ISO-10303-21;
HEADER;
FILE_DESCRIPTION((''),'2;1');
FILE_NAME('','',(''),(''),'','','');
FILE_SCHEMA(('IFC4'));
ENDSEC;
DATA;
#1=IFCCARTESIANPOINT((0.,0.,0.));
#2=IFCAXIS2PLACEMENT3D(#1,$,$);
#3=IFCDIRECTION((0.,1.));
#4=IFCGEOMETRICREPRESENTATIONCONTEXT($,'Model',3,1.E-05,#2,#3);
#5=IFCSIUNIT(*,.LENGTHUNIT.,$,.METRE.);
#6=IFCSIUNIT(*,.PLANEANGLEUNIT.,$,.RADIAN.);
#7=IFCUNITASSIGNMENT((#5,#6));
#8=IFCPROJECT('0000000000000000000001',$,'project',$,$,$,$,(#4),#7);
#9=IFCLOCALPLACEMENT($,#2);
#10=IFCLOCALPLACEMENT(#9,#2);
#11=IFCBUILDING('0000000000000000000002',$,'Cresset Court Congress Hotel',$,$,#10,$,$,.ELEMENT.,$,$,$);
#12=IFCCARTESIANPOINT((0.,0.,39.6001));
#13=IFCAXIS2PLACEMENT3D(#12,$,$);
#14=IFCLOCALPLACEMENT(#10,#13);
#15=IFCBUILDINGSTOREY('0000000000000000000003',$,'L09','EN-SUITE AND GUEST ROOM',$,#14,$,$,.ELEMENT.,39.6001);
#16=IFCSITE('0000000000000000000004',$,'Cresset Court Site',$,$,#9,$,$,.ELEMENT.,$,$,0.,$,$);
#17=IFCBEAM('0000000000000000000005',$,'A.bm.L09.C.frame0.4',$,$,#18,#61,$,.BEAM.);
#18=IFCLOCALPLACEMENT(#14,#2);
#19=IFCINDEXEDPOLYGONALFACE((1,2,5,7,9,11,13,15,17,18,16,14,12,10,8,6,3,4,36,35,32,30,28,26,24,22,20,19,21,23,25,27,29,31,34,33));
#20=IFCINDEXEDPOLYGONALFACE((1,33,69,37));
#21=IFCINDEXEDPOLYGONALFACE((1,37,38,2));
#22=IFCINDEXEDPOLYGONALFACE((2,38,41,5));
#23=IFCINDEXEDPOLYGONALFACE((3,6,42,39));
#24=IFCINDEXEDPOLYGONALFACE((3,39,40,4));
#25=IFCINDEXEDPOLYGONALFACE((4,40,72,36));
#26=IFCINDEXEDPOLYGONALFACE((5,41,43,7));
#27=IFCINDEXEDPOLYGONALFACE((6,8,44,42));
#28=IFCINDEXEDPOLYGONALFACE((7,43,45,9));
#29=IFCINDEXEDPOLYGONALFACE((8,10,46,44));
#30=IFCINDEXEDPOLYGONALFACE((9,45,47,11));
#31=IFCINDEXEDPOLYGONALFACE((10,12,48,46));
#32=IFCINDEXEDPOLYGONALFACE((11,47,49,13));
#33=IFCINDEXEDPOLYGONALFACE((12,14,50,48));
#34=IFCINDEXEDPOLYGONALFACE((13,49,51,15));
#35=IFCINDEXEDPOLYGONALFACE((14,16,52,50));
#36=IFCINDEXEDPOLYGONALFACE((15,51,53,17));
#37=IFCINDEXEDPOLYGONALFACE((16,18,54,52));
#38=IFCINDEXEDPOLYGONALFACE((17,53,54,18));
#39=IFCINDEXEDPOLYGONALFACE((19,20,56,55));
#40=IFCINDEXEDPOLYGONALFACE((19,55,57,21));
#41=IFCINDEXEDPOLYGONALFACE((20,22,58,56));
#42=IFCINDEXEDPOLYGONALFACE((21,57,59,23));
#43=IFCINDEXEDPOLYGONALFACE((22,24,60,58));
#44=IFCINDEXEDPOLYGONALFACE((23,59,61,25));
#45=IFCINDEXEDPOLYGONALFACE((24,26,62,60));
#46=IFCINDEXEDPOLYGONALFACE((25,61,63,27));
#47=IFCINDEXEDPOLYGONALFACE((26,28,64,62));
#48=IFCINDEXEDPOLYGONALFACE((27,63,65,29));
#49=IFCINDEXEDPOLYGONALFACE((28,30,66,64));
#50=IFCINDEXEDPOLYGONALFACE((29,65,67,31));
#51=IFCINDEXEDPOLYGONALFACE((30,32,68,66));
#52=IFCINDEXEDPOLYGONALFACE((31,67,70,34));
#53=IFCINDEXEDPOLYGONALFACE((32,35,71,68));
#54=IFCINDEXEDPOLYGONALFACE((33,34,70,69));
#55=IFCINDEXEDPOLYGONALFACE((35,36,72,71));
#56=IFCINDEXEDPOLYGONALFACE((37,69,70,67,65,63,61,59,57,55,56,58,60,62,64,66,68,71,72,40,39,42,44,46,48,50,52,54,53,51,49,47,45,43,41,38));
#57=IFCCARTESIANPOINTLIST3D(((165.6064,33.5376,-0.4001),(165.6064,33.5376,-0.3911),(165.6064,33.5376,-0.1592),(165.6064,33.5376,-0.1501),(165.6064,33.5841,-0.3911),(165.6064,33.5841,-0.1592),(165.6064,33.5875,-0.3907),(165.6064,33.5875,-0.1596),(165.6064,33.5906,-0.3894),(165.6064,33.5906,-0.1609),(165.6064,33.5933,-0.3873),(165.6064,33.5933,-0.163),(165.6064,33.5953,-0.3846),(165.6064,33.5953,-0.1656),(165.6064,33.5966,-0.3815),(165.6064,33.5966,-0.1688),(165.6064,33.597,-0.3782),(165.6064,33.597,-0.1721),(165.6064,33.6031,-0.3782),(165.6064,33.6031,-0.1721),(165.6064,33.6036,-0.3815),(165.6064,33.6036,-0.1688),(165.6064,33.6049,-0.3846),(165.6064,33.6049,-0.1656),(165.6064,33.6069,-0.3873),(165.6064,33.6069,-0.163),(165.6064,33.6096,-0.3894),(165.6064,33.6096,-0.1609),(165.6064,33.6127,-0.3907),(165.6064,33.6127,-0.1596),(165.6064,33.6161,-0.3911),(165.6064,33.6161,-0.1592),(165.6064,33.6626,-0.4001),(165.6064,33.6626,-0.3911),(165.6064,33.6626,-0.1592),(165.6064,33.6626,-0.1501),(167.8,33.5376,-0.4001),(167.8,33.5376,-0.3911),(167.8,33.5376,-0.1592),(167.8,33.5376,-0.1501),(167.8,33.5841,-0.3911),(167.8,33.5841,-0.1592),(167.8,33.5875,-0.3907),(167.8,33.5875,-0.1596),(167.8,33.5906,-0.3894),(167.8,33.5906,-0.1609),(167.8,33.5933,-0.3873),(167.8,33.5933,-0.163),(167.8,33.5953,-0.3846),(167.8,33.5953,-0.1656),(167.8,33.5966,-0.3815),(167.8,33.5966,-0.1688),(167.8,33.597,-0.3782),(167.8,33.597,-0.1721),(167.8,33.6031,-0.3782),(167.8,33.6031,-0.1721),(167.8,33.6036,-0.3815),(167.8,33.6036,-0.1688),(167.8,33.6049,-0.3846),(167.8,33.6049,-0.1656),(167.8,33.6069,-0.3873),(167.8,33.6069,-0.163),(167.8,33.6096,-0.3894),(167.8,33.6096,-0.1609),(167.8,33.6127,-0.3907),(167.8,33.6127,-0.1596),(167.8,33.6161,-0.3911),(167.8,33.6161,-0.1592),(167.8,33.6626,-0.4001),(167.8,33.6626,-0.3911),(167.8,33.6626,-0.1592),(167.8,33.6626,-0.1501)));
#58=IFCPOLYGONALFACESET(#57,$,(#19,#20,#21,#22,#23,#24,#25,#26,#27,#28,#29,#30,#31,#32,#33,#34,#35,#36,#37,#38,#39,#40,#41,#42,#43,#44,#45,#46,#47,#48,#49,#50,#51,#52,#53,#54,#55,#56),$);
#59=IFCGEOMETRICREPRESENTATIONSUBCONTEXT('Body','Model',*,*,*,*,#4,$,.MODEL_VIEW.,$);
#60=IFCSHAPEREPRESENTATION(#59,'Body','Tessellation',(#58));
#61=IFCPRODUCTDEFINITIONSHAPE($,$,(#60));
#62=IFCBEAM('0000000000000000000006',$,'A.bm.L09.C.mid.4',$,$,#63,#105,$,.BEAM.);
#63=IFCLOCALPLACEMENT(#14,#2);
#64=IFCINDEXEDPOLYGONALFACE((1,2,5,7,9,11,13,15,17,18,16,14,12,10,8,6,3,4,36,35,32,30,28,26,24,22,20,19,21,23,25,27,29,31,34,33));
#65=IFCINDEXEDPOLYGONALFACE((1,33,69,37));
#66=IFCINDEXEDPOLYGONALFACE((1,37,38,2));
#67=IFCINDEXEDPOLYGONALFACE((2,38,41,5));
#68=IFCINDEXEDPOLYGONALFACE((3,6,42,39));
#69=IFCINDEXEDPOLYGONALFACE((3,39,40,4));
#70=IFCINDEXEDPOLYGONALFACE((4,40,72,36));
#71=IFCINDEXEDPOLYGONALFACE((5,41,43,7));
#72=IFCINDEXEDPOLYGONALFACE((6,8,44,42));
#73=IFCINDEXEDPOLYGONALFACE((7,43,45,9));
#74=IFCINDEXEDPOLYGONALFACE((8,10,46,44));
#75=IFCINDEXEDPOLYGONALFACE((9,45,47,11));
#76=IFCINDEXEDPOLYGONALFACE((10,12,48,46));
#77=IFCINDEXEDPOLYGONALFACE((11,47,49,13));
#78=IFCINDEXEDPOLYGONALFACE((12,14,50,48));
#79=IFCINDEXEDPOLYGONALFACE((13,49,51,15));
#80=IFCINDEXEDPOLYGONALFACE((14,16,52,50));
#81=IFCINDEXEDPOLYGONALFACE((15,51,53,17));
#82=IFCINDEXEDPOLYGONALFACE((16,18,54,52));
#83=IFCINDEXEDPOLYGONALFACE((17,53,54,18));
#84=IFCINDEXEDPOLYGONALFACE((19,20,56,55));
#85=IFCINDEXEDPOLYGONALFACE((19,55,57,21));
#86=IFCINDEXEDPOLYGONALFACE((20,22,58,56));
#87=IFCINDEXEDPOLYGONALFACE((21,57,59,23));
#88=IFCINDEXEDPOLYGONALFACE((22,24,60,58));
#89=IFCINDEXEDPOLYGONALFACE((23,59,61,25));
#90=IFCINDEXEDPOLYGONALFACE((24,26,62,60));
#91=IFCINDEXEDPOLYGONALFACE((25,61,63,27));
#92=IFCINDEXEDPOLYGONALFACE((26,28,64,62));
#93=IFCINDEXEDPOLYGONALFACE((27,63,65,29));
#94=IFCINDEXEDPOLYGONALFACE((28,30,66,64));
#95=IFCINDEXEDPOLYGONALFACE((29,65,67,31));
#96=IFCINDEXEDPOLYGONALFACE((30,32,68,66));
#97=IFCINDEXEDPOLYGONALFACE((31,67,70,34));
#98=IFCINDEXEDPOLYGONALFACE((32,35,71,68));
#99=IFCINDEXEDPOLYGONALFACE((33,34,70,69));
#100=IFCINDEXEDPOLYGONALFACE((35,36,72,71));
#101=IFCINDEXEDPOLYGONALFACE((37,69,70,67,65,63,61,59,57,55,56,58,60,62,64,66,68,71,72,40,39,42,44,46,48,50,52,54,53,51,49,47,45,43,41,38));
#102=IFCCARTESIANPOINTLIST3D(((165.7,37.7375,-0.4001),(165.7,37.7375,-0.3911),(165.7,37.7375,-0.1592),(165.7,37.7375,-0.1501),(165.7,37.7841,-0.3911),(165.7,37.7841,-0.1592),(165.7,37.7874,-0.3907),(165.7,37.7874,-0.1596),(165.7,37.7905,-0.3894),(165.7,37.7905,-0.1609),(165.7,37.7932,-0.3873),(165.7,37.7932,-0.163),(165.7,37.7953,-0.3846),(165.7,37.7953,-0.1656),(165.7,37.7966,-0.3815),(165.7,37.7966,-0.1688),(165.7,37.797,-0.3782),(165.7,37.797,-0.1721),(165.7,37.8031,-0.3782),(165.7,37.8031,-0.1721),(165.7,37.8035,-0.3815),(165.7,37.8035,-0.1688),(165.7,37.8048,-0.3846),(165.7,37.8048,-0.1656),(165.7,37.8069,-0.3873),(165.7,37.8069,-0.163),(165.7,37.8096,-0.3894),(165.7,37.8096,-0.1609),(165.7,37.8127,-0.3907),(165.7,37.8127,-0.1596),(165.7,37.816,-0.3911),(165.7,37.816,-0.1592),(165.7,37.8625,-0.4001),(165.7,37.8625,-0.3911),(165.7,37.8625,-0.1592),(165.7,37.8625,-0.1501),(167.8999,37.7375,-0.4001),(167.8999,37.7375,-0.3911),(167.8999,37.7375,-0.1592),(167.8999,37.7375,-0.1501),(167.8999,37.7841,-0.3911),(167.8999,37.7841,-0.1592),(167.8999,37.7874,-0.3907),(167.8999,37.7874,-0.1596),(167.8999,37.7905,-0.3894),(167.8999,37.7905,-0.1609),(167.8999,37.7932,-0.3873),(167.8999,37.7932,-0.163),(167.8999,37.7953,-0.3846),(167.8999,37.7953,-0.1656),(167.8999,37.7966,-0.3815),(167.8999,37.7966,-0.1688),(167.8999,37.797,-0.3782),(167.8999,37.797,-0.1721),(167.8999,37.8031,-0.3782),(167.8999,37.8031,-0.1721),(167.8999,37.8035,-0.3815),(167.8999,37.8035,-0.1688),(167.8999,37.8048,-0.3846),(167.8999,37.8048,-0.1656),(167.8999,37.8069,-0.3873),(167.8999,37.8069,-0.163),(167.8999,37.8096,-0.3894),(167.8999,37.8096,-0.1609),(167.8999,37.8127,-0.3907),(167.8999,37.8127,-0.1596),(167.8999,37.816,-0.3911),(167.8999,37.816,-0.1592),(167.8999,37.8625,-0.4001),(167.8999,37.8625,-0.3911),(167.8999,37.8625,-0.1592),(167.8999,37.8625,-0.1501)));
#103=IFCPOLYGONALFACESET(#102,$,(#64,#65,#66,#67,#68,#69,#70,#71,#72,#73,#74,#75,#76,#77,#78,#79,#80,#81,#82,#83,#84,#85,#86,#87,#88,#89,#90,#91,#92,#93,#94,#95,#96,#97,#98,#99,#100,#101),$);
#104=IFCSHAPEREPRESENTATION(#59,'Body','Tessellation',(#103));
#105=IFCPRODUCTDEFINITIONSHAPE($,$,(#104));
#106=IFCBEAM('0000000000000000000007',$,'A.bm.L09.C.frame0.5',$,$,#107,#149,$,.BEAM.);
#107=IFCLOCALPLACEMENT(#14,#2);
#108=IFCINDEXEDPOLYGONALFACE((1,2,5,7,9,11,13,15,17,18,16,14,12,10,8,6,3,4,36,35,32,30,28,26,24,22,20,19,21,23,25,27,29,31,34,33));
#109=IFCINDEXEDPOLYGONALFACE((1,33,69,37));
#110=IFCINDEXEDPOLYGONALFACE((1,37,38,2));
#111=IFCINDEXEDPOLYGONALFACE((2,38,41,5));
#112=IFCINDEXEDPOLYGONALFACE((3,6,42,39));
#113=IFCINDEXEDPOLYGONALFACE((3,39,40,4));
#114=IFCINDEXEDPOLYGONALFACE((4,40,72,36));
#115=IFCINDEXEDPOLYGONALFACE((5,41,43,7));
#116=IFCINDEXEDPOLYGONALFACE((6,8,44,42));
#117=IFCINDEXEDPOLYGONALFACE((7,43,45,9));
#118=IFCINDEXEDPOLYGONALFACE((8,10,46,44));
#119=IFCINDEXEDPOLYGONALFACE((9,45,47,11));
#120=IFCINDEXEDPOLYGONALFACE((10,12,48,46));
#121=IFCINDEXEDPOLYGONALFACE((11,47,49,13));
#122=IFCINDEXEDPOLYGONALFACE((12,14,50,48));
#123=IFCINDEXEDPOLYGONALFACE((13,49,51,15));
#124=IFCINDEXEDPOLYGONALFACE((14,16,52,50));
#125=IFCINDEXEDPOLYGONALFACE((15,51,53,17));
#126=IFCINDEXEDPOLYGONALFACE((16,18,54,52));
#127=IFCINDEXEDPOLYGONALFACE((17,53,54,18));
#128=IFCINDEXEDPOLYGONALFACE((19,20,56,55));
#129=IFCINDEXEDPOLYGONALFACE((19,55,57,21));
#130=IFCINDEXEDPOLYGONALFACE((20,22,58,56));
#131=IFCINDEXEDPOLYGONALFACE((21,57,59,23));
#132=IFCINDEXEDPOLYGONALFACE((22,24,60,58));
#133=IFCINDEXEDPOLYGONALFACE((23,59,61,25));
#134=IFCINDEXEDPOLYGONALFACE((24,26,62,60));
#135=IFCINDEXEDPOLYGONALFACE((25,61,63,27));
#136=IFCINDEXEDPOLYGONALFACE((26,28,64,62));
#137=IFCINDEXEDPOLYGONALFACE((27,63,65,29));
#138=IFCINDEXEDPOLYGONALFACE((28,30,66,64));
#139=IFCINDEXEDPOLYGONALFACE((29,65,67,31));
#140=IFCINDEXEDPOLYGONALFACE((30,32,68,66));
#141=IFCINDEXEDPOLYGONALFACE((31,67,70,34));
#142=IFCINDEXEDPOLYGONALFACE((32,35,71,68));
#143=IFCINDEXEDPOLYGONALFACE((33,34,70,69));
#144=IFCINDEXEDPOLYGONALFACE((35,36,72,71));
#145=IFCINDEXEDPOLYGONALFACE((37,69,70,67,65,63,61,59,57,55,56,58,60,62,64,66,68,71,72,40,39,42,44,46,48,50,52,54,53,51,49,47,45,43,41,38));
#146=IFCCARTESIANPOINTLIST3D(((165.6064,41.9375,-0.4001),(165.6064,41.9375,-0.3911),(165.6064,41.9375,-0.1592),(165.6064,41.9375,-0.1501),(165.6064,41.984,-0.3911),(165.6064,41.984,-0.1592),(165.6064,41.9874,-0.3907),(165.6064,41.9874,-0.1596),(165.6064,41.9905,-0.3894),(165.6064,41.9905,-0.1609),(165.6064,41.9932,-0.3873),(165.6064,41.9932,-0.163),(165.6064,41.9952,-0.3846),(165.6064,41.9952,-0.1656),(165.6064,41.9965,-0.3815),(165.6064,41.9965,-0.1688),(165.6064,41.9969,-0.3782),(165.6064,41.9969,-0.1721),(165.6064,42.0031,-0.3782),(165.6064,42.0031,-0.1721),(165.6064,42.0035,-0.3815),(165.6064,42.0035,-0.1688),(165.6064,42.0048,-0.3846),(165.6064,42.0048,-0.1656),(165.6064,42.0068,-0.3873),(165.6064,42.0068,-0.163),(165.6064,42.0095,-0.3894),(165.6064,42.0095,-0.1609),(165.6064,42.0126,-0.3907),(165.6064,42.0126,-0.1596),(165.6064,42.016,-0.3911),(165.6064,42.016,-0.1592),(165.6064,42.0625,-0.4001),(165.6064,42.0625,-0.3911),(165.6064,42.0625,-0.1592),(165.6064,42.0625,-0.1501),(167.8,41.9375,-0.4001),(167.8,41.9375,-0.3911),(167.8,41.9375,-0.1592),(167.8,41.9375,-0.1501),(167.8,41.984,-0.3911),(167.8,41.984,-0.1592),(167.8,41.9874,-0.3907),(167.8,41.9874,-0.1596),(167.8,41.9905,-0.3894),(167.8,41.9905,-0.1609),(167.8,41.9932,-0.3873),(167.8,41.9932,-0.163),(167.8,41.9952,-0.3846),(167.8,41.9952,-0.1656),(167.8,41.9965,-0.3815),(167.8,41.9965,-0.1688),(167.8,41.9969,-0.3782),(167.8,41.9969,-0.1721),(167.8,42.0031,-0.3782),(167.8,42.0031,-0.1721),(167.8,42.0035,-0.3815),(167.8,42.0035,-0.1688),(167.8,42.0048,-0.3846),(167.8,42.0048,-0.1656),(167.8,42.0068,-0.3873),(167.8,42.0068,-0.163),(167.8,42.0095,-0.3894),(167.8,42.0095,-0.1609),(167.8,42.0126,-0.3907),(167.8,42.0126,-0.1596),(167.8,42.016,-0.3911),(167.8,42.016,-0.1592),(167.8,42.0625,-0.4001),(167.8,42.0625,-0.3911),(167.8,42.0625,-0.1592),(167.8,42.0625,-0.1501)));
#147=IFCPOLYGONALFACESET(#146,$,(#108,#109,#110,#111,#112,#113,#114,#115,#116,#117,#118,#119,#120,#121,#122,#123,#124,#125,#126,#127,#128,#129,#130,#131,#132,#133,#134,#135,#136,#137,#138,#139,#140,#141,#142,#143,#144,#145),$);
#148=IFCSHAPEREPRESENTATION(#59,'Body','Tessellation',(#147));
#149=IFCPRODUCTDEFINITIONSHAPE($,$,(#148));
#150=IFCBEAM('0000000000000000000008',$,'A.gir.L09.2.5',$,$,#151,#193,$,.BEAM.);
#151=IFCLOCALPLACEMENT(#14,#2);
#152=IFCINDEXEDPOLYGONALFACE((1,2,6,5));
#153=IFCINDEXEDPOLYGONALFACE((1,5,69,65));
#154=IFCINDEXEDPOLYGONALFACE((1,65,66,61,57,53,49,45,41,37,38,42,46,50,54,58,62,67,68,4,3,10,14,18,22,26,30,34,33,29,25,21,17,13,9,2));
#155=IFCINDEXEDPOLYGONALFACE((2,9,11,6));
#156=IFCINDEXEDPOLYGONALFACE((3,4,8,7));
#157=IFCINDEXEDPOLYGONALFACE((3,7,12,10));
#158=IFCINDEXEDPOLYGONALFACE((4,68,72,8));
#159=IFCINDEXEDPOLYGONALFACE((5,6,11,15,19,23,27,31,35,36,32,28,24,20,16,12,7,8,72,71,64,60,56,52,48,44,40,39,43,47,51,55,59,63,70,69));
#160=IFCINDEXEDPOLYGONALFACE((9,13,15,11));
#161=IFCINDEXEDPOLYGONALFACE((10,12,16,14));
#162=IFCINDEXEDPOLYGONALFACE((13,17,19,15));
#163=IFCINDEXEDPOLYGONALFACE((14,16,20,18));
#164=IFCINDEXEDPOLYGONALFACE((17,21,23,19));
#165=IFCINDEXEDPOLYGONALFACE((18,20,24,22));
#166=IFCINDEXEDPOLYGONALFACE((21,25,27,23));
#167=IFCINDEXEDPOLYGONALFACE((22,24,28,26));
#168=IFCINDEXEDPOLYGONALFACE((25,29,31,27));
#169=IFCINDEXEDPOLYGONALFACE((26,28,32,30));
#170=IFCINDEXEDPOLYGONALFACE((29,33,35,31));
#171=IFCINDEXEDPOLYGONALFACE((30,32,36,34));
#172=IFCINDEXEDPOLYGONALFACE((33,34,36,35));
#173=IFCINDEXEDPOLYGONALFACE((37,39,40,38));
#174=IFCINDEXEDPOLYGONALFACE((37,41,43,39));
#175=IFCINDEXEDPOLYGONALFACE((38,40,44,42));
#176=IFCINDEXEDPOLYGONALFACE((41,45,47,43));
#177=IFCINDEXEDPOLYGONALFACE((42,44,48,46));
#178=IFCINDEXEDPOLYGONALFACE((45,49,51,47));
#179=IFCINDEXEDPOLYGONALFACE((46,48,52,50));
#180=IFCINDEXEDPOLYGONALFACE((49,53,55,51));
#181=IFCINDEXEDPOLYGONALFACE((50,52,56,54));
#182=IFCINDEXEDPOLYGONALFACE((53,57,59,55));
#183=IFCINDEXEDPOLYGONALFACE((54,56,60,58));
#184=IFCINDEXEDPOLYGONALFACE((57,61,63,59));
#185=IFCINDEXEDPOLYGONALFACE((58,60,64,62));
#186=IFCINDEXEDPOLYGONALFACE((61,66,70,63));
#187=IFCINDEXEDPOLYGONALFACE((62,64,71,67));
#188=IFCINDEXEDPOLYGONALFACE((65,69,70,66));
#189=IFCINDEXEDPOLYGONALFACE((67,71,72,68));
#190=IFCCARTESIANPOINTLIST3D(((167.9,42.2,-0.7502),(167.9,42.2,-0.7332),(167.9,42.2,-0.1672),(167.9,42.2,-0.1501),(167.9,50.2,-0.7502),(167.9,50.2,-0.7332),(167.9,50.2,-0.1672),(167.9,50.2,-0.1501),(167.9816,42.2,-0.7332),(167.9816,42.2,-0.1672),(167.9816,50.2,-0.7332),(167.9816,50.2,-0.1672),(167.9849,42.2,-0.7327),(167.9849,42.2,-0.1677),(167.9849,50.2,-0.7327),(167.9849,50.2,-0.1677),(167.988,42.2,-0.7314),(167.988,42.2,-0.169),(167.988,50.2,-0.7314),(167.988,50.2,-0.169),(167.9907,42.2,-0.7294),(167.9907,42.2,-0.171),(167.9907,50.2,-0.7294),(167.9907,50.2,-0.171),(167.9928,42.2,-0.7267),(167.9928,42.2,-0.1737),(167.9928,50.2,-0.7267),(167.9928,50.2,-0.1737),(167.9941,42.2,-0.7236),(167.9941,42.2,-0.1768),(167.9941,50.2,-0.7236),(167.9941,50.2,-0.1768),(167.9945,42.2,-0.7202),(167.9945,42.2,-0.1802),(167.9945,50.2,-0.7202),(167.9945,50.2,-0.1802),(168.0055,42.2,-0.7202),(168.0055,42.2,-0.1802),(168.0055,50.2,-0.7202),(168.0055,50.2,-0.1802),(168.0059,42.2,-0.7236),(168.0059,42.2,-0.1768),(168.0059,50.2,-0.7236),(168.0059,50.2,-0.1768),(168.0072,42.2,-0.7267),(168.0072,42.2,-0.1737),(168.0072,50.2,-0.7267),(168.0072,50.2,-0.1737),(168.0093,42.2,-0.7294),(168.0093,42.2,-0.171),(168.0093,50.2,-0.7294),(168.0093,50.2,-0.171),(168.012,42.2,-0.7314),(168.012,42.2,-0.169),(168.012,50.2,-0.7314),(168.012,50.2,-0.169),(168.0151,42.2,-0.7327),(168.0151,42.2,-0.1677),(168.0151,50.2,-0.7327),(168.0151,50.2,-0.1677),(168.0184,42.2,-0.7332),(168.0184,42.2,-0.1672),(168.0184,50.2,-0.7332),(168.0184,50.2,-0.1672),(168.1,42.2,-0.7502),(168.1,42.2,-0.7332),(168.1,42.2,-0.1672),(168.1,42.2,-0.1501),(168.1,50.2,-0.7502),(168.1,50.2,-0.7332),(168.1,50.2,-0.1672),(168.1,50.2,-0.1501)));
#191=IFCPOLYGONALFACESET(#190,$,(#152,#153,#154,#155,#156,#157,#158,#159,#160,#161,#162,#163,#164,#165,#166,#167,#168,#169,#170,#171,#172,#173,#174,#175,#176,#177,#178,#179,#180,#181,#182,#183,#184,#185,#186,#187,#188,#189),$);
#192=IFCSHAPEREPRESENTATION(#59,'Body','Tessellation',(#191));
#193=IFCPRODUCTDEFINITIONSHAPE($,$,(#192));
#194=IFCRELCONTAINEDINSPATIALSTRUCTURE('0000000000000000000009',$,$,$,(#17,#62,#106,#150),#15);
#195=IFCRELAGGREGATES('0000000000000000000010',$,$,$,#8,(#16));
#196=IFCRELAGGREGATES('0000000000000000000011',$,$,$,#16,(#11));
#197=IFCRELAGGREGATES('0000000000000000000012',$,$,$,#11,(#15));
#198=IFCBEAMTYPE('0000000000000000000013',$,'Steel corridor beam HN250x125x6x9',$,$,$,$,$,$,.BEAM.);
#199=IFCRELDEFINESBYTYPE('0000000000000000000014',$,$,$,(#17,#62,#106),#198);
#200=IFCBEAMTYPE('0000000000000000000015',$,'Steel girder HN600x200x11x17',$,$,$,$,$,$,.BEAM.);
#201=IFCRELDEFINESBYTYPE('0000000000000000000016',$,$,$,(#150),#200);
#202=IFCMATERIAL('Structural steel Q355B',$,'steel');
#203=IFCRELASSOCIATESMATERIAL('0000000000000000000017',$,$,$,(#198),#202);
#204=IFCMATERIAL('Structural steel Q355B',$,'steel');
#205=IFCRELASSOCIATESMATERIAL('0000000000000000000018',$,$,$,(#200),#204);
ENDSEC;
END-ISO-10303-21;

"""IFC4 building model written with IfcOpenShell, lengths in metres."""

from ifc_helpers import new_model, si_unit, direction, frame, origin, origin_2d, place, context, subcontext, project, spatial, i_section, extrude, material, material_profile, profile_set, type_object, element, save


model = new_model("IFC4")

# Units and contexts
model_context = context("Model", 3, precision=1e-05, world=origin(), true_north=direction((0.0, 1.0)))
body_context = subcontext(model_context, "Body", "Model", "MODEL_VIEW")
ifc_project = project(units=[si_unit("LENGTHUNIT", "METRE"), si_unit("PLANEANGLEUNIT", "RADIAN")], contexts=[model_context])

# Site, building, storey
site_placement = place(None, origin())
site = spatial("IfcSite", under=ifc_project, at=site_placement, Name="Cresset Court Site", CompositionType="ELEMENT", RefElevation=0.0)
building_placement = place(site_placement, origin())
building = spatial("IfcBuilding", under=site, at=building_placement, Name="Cresset Court Congress Hotel", CompositionType="ELEMENT")
storey_placement = place(building_placement, frame((0.0, 0.0, 39.6001)))
storey = spatial("IfcBuildingStorey", under=building, at=storey_placement, Name="L09", Description="EN-SUITE AND GUEST ROOM", CompositionType="ELEMENT", Elevation=39.6001)

# Beams
ifc_material_1 = material(Name="Structural steel Q355B", Category="steel")
ifc_material_profile_1 = material_profile(ifc_material_1, i_section(OverallWidth=0.125, OverallDepth=0.25, WebThickness=0.0061, FlangeThickness=0.009, FilletRadius=0.0129, at=origin_2d()), Name="HN250x125x6x9")
ifc_profile_set_1 = profile_set([ifc_material_profile_1], Name="Structural steel Q355B")
beam_type_1 = type_object("IfcBeamType", Name="Steel corridor beam HN250x125x6x9", PredefinedType="BEAM", material=ifc_profile_set_1)
beam_1_placement = place(storey_placement, frame((165.6064, 33.6001, -0.2751), z_axis=(1.0, 0.0, 0.0), x_axis=(0.0, 1.0, 0.0)))
element("IfcBeam", 1, at=beam_1_placement, inside=storey, type_object=beam_type_1, Name="A.bm.L09.C.frame0.4", PredefinedType="BEAM", context=body_context, shape_type="SweptSolid", body=[
    extrude(i_section(OverallWidth=0.125, OverallDepth=0.25, WebThickness=0.0061, FlangeThickness=0.009, FilletRadius=0.0129, at=origin_2d()), origin(), (0.0, 0.0, 1.0), 2.1936),
])
beam_2_placement = place(storey_placement, frame((165.7, 37.8, -0.2751), z_axis=(1.0, 0.0, 0.0), x_axis=(0.0, 1.0, 0.0)))
element("IfcBeam", 2, at=beam_2_placement, inside=storey, type_object=beam_type_1, Name="A.bm.L09.C.mid.4", PredefinedType="BEAM", context=body_context, shape_type="SweptSolid", body=[
    extrude(i_section(OverallWidth=0.125, OverallDepth=0.25, WebThickness=0.0061, FlangeThickness=0.009, FilletRadius=0.0129, at=origin_2d()), origin(), (0.0, 0.0, 1.0), 2.2),
])
beam_3_placement = place(storey_placement, frame((165.6064, 42.0, -0.2751), z_axis=(1.0, 0.0, 0.0), x_axis=(0.0, 1.0, 0.0)))
element("IfcBeam", 3, at=beam_3_placement, inside=storey, type_object=beam_type_1, Name="A.bm.L09.C.frame0.5", PredefinedType="BEAM", context=body_context, shape_type="SweptSolid", body=[
    extrude(i_section(OverallWidth=0.125, OverallDepth=0.25, WebThickness=0.0061, FlangeThickness=0.009, FilletRadius=0.0129, at=origin_2d()), origin(), (0.0, 0.0, 1.0), 2.1936),
])
ifc_material_2 = material(Name="Structural steel Q355B", Category="steel")
ifc_material_profile_2 = material_profile(ifc_material_2, i_section(OverallWidth=0.2, OverallDepth=0.6001, WebThickness=0.011, FlangeThickness=0.0171, FilletRadius=0.0129, at=origin_2d()), Name="HN600x200x11x17")
ifc_profile_set_2 = profile_set([ifc_material_profile_2], Name="Structural steel Q355B")
beam_type_2 = type_object("IfcBeamType", Name="Steel girder HN600x200x11x17", PredefinedType="BEAM", material=ifc_profile_set_2)
for number, where, z_axis, x_axis, name in (
    (4, (168.0, 42.2, -0.4502), (0.0, 1.0, 0.0), (-1.0, 0.0, 0.0), "A.gir.L09.2.5"),
):
    element("IfcBeam", number, at=place(storey_placement, frame(where, z_axis=z_axis, x_axis=x_axis)), inside=storey, type_object=beam_type_2, Name=name, PredefinedType="BEAM", context=body_context, shape_type="SweptSolid", body=[
        extrude(i_section(OverallWidth=0.2, OverallDepth=0.6001, WebThickness=0.011, FlangeThickness=0.0171, FilletRadius=0.0129, at=origin_2d()), origin(), (0.0, 0.0, 1.0), 8.0),
    ])

save(model, "model.ifc")
